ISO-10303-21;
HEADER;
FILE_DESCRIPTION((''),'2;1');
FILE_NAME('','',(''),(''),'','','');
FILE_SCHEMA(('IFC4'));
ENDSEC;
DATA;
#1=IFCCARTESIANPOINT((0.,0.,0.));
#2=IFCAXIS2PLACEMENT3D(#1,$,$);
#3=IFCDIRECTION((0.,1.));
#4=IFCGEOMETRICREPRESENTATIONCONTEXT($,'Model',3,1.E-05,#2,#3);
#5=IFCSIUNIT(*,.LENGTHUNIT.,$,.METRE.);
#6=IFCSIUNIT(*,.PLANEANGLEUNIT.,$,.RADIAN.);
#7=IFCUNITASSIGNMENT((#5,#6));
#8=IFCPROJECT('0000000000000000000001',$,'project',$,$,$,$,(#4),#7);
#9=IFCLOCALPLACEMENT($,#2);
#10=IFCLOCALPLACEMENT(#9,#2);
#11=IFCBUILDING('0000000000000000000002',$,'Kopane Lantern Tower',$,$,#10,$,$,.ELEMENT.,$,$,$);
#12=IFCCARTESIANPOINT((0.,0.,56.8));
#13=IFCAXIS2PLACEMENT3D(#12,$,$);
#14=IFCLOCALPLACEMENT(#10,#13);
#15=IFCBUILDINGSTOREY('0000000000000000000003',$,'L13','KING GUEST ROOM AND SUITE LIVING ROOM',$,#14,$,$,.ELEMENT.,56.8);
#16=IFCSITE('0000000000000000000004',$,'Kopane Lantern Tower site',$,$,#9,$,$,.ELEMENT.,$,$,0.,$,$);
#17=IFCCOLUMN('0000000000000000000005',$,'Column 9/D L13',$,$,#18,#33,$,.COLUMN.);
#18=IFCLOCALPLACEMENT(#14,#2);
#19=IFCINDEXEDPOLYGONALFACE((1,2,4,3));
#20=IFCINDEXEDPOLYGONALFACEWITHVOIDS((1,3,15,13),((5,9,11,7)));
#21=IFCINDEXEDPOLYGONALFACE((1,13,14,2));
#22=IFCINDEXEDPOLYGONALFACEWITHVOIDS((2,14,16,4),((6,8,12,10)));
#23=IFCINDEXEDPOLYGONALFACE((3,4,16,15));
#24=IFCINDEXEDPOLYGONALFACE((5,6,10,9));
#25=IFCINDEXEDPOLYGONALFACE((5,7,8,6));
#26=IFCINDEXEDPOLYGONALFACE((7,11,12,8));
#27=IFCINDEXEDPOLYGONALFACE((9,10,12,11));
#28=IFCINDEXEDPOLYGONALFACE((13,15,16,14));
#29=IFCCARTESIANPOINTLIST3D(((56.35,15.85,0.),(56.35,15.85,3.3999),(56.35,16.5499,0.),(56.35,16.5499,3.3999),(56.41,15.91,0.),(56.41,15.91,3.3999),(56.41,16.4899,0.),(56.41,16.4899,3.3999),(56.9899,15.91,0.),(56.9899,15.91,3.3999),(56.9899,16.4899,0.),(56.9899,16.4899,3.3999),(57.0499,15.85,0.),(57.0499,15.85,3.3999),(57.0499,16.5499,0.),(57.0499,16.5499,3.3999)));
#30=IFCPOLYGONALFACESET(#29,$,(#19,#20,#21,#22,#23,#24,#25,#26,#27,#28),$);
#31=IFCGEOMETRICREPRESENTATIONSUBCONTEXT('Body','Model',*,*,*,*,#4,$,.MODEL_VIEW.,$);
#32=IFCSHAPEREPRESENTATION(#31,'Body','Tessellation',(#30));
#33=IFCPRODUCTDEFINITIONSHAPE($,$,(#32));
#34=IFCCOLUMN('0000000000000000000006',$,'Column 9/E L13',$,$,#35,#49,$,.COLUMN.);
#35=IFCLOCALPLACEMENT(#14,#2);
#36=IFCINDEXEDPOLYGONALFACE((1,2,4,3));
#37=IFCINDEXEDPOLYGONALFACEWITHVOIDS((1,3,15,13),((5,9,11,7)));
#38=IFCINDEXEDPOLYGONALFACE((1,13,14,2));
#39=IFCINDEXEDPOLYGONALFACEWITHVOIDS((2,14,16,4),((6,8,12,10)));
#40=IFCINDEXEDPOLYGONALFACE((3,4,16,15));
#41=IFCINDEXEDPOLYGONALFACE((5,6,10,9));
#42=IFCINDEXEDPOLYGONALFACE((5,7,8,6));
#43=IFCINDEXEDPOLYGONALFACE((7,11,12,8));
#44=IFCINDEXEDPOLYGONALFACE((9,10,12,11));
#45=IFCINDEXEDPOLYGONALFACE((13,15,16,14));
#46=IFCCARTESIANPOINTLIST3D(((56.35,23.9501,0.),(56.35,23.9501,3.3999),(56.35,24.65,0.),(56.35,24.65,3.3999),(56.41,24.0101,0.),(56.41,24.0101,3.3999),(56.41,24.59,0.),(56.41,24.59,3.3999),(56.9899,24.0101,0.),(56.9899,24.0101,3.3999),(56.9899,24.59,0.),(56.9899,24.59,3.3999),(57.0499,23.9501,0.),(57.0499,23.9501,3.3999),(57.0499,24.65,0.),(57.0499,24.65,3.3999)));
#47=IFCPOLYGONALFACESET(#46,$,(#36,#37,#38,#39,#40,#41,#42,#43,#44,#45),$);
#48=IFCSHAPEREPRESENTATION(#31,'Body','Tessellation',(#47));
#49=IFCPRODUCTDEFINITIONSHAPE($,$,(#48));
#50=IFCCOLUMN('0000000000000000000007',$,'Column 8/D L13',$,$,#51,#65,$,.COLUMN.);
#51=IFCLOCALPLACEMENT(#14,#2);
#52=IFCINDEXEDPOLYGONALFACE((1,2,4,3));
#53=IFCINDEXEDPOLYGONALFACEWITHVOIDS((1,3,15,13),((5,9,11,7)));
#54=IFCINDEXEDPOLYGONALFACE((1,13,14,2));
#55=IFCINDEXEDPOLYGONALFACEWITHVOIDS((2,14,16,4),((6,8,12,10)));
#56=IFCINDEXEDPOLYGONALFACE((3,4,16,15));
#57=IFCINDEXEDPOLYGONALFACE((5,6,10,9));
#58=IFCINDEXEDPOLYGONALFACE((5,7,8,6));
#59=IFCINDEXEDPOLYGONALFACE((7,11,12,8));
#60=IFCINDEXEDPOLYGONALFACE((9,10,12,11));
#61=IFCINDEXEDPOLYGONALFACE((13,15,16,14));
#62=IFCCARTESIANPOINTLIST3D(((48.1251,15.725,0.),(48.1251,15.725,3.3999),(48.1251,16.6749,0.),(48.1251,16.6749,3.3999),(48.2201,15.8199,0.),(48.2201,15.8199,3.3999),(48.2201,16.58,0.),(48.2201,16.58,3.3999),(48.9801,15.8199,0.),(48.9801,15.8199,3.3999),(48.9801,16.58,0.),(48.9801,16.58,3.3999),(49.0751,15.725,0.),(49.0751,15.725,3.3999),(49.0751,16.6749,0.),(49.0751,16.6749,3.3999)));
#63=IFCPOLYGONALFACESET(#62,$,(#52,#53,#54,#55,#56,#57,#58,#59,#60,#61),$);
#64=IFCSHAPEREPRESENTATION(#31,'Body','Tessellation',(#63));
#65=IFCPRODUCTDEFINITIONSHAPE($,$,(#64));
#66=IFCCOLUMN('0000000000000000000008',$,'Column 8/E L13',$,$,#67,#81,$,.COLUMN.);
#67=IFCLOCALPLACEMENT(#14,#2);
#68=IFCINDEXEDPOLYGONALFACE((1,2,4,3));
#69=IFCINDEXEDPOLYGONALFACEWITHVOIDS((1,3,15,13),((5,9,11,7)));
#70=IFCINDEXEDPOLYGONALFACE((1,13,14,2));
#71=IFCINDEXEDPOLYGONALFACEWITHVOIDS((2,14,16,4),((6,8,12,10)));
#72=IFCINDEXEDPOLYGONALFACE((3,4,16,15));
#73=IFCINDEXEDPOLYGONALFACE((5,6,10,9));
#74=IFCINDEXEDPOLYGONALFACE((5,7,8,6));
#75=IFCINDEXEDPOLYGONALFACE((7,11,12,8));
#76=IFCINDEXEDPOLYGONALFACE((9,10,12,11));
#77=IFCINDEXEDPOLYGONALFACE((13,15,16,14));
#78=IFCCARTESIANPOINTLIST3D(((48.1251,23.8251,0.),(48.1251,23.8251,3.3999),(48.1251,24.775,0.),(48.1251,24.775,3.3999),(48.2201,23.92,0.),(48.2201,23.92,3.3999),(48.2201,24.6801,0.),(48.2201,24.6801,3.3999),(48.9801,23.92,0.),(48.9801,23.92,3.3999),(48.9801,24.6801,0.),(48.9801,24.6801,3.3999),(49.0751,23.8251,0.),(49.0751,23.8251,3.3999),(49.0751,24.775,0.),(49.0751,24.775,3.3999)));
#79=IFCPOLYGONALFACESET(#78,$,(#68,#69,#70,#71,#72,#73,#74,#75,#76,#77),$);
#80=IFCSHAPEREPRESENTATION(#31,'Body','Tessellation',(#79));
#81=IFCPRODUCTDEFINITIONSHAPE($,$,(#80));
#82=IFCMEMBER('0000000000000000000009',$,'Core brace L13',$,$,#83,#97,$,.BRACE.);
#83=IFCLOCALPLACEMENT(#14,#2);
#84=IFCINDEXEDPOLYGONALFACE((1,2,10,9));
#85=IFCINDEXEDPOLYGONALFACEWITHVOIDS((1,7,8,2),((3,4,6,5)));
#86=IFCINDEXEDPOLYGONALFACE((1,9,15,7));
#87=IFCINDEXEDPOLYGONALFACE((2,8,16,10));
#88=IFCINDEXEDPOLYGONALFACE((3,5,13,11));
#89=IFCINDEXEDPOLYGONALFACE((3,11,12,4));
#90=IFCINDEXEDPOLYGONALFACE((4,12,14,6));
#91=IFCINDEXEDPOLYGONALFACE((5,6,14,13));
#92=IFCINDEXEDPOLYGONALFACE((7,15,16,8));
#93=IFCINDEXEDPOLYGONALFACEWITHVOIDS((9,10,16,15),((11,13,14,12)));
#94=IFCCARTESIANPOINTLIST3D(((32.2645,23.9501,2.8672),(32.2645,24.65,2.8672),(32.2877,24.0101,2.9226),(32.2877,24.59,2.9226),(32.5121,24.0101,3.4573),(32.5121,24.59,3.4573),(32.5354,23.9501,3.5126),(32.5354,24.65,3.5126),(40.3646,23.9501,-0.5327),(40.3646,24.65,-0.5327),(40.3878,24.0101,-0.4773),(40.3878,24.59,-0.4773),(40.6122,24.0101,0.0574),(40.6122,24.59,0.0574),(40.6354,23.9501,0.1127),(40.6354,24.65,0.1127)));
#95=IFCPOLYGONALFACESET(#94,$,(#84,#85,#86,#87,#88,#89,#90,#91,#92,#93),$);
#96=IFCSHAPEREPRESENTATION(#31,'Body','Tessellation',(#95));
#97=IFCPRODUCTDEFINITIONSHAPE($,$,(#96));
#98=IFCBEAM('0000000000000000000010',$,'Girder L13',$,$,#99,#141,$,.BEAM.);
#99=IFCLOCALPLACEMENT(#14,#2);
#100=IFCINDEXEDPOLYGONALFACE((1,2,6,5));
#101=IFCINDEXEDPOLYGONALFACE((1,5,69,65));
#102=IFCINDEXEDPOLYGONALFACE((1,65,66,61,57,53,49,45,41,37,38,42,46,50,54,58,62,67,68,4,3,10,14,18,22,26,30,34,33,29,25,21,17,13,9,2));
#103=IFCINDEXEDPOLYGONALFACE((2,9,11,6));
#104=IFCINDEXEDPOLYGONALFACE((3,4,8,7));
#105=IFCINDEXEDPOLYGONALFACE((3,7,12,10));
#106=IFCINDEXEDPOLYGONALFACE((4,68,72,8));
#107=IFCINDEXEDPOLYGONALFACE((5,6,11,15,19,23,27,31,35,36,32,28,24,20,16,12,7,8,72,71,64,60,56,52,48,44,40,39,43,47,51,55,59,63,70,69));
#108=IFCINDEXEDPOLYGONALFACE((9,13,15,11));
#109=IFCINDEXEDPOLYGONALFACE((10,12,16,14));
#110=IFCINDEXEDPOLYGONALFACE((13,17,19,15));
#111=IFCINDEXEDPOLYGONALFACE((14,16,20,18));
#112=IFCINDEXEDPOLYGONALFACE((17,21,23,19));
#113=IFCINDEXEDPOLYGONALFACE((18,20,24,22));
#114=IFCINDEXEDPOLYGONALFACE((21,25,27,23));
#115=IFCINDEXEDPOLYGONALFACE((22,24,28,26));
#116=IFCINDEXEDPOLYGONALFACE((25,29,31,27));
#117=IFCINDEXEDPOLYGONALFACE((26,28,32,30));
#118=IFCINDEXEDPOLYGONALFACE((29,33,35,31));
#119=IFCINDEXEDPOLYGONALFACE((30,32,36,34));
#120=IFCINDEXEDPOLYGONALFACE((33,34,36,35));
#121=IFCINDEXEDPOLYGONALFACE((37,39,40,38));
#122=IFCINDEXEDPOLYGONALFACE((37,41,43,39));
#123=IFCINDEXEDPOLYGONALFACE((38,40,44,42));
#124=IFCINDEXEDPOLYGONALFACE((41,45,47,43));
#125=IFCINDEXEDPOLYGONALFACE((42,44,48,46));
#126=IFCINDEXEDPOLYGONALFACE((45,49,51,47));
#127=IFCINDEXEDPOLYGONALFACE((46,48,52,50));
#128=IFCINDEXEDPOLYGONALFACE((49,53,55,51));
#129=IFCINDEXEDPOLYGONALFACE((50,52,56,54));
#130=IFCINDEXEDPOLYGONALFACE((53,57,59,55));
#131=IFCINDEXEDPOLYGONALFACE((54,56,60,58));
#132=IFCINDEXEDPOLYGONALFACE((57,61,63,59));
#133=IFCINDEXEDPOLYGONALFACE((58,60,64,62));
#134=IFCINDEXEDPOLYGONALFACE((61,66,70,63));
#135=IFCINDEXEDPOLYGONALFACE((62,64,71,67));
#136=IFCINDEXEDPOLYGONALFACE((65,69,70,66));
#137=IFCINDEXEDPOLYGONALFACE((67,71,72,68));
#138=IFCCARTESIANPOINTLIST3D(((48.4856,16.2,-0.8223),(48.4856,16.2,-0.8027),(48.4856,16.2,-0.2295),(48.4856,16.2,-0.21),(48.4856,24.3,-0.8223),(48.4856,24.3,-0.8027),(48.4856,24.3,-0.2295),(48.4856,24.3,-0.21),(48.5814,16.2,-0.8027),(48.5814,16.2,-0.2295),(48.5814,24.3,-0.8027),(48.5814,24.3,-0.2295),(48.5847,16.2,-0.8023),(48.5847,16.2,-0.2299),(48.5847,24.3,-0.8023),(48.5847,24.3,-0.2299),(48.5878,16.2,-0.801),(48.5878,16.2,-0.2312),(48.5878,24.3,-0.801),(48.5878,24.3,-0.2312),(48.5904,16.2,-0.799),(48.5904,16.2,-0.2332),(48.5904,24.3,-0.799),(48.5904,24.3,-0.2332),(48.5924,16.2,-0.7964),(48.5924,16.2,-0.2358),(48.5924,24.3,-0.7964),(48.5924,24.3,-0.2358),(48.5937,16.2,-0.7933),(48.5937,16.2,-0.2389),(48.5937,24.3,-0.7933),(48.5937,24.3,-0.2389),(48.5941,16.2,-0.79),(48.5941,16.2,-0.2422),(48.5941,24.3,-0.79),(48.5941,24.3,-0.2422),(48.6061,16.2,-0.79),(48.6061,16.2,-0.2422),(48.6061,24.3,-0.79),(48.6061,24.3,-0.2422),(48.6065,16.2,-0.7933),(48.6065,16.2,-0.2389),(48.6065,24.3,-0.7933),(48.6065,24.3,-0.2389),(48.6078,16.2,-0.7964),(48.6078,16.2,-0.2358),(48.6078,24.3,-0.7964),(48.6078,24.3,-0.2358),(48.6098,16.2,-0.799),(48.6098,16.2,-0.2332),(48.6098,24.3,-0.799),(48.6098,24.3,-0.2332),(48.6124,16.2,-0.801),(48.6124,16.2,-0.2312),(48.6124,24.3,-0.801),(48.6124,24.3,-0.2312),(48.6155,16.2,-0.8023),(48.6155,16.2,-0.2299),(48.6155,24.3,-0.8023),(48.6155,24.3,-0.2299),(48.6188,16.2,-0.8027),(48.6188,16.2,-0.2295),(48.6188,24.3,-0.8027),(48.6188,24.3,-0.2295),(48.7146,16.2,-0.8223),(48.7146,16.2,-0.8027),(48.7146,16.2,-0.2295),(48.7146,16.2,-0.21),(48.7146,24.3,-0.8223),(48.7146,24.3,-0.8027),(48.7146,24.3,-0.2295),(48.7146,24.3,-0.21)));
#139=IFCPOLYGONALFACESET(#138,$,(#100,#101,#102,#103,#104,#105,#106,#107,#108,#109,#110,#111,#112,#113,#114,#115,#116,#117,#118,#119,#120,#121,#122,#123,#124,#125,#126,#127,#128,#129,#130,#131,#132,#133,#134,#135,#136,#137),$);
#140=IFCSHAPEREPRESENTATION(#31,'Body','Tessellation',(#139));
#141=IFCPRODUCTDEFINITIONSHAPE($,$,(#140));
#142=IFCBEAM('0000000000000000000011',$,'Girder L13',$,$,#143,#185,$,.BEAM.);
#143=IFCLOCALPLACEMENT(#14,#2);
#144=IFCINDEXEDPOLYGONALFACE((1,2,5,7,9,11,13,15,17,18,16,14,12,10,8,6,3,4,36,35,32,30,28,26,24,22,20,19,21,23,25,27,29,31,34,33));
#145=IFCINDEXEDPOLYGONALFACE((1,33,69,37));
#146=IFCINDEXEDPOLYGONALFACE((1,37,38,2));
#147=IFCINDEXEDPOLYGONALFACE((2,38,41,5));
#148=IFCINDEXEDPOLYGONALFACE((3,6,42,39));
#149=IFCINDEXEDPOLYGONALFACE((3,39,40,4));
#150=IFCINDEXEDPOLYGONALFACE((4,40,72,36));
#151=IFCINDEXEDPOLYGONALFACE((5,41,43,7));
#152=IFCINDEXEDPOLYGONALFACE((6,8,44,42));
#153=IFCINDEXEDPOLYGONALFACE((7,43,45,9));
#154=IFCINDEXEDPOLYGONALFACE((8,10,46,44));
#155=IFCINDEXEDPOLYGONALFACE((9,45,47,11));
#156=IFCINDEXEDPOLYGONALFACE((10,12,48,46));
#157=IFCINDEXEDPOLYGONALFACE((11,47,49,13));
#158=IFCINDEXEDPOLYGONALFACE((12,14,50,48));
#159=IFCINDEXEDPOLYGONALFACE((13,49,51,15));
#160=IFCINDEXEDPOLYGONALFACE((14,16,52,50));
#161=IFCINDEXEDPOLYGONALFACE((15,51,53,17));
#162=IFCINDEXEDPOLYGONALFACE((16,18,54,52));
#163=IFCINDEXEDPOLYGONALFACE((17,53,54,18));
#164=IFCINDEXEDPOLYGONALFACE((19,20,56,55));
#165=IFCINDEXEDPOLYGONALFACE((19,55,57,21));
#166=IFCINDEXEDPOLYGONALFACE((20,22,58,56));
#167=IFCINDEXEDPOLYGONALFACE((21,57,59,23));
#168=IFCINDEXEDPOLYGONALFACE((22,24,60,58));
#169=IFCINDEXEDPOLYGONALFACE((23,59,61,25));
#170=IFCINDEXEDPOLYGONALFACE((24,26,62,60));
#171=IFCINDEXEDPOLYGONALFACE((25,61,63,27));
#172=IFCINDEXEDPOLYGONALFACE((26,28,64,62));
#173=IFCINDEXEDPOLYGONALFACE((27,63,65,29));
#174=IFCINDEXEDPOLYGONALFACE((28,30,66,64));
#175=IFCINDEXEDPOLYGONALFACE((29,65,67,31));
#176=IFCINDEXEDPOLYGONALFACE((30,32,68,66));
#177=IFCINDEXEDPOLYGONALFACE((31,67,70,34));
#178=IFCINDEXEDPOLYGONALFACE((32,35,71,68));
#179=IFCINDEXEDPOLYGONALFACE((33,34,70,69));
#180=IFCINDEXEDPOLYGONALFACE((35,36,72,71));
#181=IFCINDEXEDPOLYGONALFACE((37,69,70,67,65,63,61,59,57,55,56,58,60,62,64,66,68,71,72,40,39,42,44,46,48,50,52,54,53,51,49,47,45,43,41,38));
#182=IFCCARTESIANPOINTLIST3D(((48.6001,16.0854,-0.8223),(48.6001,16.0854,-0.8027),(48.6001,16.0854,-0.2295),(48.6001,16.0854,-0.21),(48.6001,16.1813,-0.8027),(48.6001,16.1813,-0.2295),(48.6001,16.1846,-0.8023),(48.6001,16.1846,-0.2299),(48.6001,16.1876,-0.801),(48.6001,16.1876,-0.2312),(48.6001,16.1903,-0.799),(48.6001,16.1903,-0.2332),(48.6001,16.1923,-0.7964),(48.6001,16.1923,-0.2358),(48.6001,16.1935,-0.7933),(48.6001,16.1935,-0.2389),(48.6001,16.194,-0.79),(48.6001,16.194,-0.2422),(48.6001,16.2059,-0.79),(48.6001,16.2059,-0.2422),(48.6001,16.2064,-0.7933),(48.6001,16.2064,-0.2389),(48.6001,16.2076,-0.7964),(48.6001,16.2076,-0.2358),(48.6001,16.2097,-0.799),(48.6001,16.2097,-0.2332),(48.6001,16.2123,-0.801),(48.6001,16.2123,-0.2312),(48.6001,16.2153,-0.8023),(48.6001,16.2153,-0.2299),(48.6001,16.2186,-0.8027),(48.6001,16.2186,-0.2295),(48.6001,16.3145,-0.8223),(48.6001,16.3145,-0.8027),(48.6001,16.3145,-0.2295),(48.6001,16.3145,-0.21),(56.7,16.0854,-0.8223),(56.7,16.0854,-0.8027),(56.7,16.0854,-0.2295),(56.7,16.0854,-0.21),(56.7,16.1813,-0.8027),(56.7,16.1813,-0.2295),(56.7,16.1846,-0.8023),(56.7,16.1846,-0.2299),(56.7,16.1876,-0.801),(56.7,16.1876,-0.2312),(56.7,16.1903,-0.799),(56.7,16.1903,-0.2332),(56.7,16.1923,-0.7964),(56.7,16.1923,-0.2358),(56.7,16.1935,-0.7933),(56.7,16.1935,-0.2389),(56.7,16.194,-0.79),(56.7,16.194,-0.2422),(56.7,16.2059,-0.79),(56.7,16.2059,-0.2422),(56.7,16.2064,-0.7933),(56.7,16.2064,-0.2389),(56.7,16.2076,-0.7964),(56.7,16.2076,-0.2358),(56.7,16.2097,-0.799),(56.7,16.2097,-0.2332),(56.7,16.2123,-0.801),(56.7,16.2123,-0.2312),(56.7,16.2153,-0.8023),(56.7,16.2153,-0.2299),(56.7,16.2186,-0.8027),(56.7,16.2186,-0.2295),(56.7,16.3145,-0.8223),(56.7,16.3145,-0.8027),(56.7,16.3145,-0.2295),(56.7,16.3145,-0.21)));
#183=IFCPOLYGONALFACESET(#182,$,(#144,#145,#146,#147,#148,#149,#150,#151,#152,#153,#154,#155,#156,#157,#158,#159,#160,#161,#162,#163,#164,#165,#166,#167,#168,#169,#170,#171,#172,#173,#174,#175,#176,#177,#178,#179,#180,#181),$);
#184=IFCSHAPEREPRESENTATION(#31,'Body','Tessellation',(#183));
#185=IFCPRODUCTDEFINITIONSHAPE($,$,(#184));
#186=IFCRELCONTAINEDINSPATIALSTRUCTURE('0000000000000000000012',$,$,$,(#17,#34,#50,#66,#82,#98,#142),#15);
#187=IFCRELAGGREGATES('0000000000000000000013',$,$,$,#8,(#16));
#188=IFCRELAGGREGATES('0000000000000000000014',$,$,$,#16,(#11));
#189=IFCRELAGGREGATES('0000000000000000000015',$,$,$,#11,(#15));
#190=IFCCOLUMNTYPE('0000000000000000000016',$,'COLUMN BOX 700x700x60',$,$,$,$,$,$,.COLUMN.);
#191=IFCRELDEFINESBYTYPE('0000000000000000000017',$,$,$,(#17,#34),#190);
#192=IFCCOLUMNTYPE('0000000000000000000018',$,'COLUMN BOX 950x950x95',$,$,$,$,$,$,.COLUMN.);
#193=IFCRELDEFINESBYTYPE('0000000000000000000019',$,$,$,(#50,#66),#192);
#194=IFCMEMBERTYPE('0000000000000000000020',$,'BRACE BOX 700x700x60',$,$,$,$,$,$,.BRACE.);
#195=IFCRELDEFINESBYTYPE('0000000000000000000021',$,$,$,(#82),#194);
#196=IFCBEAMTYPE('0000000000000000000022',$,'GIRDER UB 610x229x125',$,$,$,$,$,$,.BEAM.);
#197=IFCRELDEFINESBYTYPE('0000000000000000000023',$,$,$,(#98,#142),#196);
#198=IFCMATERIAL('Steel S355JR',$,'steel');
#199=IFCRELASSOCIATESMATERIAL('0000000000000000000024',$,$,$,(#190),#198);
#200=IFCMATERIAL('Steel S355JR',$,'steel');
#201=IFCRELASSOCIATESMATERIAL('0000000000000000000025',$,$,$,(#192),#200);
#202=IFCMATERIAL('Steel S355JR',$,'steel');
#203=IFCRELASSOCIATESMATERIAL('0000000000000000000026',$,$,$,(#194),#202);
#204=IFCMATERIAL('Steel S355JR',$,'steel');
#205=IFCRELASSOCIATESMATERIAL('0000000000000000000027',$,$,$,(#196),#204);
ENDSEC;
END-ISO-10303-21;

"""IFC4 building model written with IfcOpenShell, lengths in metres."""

from ifc_helpers import new_model, si_unit, direction, frame, origin, origin_2d, place, context, subcontext, project, spatial, hollow_rectangle, i_section, extrude, material, material_profile, profile_set, type_object, element, save


model = new_model("IFC4")

# Units and contexts
model_context = context("Model", 3, precision=1e-05, world=origin(), true_north=direction((0.0, 1.0)))
body_context = subcontext(model_context, "Body", "Model", "MODEL_VIEW")
ifc_project = project(units=[si_unit("LENGTHUNIT", "METRE"), si_unit("PLANEANGLEUNIT", "RADIAN")], contexts=[model_context])

# Site, building, storey
site_placement = place(None, origin())
site = spatial("IfcSite", under=ifc_project, at=site_placement, Name="Kopane Lantern Tower site", CompositionType="ELEMENT", RefElevation=0.0)
building_placement = place(site_placement, origin())
building = spatial("IfcBuilding", under=site, at=building_placement, Name="Kopane Lantern Tower", CompositionType="ELEMENT")
storey_placement = place(building_placement, frame((0.0, 0.0, 56.8)))
storey = spatial("IfcBuildingStorey", under=building, at=storey_placement, Name="L13", Description="KING GUEST ROOM AND SUITE LIVING ROOM", CompositionType="ELEMENT", Elevation=56.8)

# Columns
ifc_material_1 = material(Name="Steel S355JR", Category="steel")
ifc_material_profile_1 = material_profile(ifc_material_1, hollow_rectangle(XDim=0.7, YDim=0.7, WallThickness=0.0601, at=origin_2d()), Name="BOX 700x700x60")
ifc_profile_set_1 = profile_set([ifc_material_profile_1], Name="Steel S355JR")
column_type_1 = type_object("IfcColumnType", Name="COLUMN BOX 700x700x60", PredefinedType="COLUMN", material=ifc_profile_set_1)
for number, where, z_axis, x_axis, name in (
    (1, (56.7, 16.2, 0.0), (0.0, 0.0, 1.0), (1.0, 0.0, 0.0), "Column 9/D L13"),
    (2, (56.7, 24.3, 0.0), (0.0, 0.0, 1.0), (1.0, 0.0, 0.0), "Column 9/E L13"),
):
    element("IfcColumn", number, at=place(storey_placement, frame(where, z_axis=z_axis, x_axis=x_axis)), inside=storey, type_object=column_type_1, Name=name, PredefinedType="COLUMN", context=body_context, shape_type="SweptSolid", body=[
        extrude(hollow_rectangle(XDim=0.7, YDim=0.7, WallThickness=0.0601, at=origin_2d()), origin(), (0.0, 0.0, 1.0), 3.3999),
    ])
ifc_material_2 = material(Name="Steel S355JR", Category="steel")
ifc_material_profile_2 = material_profile(ifc_material_2, hollow_rectangle(XDim=0.95, YDim=0.95, WallThickness=0.095, at=origin_2d()), Name="BOX 950x950x95")
ifc_profile_set_2 = profile_set([ifc_material_profile_2], Name="Steel S355JR")
column_type_2 = type_object("IfcColumnType", Name="COLUMN BOX 950x950x95", PredefinedType="COLUMN", material=ifc_profile_set_2)
for number, where, z_axis, x_axis, name in (
    (3, (48.6001, 16.2, 0.0), (0.0, 0.0, 1.0), (1.0, 0.0, 0.0), "Column 8/D L13"),
    (4, (48.6001, 24.3, 0.0), (0.0, 0.0, 1.0), (1.0, 0.0, 0.0), "Column 8/E L13"),
):
    element("IfcColumn", number, at=place(storey_placement, frame(where, z_axis=z_axis, x_axis=x_axis)), inside=storey, type_object=column_type_2, Name=name, PredefinedType="COLUMN", context=body_context, shape_type="SweptSolid", body=[
        extrude(hollow_rectangle(XDim=0.95, YDim=0.95, WallThickness=0.095, at=origin_2d()), origin(), (0.0, 0.0, 1.0), 3.3999),
    ])

# Member
ifc_material_3 = material(Name="Steel S355JR", Category="steel")
ifc_material_profile_3 = material_profile(ifc_material_3, hollow_rectangle(XDim=0.7, YDim=0.7, WallThickness=0.0601, at=origin_2d()), Name="BOX 700x700x60")
ifc_profile_set_3 = profile_set([ifc_material_profile_3], Name="Steel S355JR")
member_type = type_object("IfcMemberType", Name="BRACE BOX 700x700x60", PredefinedType="BRACE", material=ifc_profile_set_3)
member_placement = place(storey_placement, frame((40.5, 24.3, -0.21), z_axis=(-0.922069, 0.0, 0.387026), x_axis=(0.0, -1.0, 0.0)))
element("IfcMember", 5, at=member_placement, inside=storey, type_object=member_type, Name="Core brace L13", PredefinedType="BRACE", context=body_context, shape_type="SweptSolid", body=[
    extrude(hollow_rectangle(XDim=0.7, YDim=0.7, WallThickness=0.0601, at=origin_2d()), origin(), (0.0, 0.0, 1.0), 8.7847),
])

# Beams
ifc_material_4 = material(Name="Steel S355JR", Category="steel")
ifc_material_profile_4 = material_profile(ifc_material_4, i_section(OverallWidth=0.229, OverallDepth=0.6123, WebThickness=0.012, FlangeThickness=0.0195, FilletRadius=0.0127, at=origin_2d()), Name="UB 610x229x125")
ifc_profile_set_4 = profile_set([ifc_material_profile_4], Name="Steel S355JR")
beam_type = type_object("IfcBeamType", Name="GIRDER UB 610x229x125", PredefinedType="BEAM", material=ifc_profile_set_4)
beam_1_placement = place(storey_placement, frame((48.6001, 16.2, -0.5161), z_axis=(0.0, 1.0, 0.0), x_axis=(-1.0, 0.0, 0.0)))
element("IfcBeam", 6, at=beam_1_placement, inside=storey, type_object=beam_type, Name="Girder L13", PredefinedType="BEAM", context=body_context, shape_type="SweptSolid", body=[
    extrude(i_section(OverallWidth=0.229, OverallDepth=0.6123, WebThickness=0.012, FlangeThickness=0.0195, FilletRadius=0.0127, at=origin_2d()), origin(), (0.0, 0.0, 1.0), 8.1001),
])
for number, where, z_axis, x_axis, name in (
    (7, (48.6001, 16.2, -0.5161), (1.0, 0.0, 0.0), (0.0, 1.0, 0.0), "Girder L13"),
):
    element("IfcBeam", number, at=place(storey_placement, frame(where, z_axis=z_axis, x_axis=x_axis)), inside=storey, type_object=beam_type, Name=name, PredefinedType="BEAM", context=body_context, shape_type="SweptSolid", body=[
        extrude(i_section(OverallWidth=0.229, OverallDepth=0.6123, WebThickness=0.012, FlangeThickness=0.0195, FilletRadius=0.0127, at=origin_2d()), origin(), (0.0, 0.0, 1.0), 8.0999),
    ])

save(model, "model.ifc")
